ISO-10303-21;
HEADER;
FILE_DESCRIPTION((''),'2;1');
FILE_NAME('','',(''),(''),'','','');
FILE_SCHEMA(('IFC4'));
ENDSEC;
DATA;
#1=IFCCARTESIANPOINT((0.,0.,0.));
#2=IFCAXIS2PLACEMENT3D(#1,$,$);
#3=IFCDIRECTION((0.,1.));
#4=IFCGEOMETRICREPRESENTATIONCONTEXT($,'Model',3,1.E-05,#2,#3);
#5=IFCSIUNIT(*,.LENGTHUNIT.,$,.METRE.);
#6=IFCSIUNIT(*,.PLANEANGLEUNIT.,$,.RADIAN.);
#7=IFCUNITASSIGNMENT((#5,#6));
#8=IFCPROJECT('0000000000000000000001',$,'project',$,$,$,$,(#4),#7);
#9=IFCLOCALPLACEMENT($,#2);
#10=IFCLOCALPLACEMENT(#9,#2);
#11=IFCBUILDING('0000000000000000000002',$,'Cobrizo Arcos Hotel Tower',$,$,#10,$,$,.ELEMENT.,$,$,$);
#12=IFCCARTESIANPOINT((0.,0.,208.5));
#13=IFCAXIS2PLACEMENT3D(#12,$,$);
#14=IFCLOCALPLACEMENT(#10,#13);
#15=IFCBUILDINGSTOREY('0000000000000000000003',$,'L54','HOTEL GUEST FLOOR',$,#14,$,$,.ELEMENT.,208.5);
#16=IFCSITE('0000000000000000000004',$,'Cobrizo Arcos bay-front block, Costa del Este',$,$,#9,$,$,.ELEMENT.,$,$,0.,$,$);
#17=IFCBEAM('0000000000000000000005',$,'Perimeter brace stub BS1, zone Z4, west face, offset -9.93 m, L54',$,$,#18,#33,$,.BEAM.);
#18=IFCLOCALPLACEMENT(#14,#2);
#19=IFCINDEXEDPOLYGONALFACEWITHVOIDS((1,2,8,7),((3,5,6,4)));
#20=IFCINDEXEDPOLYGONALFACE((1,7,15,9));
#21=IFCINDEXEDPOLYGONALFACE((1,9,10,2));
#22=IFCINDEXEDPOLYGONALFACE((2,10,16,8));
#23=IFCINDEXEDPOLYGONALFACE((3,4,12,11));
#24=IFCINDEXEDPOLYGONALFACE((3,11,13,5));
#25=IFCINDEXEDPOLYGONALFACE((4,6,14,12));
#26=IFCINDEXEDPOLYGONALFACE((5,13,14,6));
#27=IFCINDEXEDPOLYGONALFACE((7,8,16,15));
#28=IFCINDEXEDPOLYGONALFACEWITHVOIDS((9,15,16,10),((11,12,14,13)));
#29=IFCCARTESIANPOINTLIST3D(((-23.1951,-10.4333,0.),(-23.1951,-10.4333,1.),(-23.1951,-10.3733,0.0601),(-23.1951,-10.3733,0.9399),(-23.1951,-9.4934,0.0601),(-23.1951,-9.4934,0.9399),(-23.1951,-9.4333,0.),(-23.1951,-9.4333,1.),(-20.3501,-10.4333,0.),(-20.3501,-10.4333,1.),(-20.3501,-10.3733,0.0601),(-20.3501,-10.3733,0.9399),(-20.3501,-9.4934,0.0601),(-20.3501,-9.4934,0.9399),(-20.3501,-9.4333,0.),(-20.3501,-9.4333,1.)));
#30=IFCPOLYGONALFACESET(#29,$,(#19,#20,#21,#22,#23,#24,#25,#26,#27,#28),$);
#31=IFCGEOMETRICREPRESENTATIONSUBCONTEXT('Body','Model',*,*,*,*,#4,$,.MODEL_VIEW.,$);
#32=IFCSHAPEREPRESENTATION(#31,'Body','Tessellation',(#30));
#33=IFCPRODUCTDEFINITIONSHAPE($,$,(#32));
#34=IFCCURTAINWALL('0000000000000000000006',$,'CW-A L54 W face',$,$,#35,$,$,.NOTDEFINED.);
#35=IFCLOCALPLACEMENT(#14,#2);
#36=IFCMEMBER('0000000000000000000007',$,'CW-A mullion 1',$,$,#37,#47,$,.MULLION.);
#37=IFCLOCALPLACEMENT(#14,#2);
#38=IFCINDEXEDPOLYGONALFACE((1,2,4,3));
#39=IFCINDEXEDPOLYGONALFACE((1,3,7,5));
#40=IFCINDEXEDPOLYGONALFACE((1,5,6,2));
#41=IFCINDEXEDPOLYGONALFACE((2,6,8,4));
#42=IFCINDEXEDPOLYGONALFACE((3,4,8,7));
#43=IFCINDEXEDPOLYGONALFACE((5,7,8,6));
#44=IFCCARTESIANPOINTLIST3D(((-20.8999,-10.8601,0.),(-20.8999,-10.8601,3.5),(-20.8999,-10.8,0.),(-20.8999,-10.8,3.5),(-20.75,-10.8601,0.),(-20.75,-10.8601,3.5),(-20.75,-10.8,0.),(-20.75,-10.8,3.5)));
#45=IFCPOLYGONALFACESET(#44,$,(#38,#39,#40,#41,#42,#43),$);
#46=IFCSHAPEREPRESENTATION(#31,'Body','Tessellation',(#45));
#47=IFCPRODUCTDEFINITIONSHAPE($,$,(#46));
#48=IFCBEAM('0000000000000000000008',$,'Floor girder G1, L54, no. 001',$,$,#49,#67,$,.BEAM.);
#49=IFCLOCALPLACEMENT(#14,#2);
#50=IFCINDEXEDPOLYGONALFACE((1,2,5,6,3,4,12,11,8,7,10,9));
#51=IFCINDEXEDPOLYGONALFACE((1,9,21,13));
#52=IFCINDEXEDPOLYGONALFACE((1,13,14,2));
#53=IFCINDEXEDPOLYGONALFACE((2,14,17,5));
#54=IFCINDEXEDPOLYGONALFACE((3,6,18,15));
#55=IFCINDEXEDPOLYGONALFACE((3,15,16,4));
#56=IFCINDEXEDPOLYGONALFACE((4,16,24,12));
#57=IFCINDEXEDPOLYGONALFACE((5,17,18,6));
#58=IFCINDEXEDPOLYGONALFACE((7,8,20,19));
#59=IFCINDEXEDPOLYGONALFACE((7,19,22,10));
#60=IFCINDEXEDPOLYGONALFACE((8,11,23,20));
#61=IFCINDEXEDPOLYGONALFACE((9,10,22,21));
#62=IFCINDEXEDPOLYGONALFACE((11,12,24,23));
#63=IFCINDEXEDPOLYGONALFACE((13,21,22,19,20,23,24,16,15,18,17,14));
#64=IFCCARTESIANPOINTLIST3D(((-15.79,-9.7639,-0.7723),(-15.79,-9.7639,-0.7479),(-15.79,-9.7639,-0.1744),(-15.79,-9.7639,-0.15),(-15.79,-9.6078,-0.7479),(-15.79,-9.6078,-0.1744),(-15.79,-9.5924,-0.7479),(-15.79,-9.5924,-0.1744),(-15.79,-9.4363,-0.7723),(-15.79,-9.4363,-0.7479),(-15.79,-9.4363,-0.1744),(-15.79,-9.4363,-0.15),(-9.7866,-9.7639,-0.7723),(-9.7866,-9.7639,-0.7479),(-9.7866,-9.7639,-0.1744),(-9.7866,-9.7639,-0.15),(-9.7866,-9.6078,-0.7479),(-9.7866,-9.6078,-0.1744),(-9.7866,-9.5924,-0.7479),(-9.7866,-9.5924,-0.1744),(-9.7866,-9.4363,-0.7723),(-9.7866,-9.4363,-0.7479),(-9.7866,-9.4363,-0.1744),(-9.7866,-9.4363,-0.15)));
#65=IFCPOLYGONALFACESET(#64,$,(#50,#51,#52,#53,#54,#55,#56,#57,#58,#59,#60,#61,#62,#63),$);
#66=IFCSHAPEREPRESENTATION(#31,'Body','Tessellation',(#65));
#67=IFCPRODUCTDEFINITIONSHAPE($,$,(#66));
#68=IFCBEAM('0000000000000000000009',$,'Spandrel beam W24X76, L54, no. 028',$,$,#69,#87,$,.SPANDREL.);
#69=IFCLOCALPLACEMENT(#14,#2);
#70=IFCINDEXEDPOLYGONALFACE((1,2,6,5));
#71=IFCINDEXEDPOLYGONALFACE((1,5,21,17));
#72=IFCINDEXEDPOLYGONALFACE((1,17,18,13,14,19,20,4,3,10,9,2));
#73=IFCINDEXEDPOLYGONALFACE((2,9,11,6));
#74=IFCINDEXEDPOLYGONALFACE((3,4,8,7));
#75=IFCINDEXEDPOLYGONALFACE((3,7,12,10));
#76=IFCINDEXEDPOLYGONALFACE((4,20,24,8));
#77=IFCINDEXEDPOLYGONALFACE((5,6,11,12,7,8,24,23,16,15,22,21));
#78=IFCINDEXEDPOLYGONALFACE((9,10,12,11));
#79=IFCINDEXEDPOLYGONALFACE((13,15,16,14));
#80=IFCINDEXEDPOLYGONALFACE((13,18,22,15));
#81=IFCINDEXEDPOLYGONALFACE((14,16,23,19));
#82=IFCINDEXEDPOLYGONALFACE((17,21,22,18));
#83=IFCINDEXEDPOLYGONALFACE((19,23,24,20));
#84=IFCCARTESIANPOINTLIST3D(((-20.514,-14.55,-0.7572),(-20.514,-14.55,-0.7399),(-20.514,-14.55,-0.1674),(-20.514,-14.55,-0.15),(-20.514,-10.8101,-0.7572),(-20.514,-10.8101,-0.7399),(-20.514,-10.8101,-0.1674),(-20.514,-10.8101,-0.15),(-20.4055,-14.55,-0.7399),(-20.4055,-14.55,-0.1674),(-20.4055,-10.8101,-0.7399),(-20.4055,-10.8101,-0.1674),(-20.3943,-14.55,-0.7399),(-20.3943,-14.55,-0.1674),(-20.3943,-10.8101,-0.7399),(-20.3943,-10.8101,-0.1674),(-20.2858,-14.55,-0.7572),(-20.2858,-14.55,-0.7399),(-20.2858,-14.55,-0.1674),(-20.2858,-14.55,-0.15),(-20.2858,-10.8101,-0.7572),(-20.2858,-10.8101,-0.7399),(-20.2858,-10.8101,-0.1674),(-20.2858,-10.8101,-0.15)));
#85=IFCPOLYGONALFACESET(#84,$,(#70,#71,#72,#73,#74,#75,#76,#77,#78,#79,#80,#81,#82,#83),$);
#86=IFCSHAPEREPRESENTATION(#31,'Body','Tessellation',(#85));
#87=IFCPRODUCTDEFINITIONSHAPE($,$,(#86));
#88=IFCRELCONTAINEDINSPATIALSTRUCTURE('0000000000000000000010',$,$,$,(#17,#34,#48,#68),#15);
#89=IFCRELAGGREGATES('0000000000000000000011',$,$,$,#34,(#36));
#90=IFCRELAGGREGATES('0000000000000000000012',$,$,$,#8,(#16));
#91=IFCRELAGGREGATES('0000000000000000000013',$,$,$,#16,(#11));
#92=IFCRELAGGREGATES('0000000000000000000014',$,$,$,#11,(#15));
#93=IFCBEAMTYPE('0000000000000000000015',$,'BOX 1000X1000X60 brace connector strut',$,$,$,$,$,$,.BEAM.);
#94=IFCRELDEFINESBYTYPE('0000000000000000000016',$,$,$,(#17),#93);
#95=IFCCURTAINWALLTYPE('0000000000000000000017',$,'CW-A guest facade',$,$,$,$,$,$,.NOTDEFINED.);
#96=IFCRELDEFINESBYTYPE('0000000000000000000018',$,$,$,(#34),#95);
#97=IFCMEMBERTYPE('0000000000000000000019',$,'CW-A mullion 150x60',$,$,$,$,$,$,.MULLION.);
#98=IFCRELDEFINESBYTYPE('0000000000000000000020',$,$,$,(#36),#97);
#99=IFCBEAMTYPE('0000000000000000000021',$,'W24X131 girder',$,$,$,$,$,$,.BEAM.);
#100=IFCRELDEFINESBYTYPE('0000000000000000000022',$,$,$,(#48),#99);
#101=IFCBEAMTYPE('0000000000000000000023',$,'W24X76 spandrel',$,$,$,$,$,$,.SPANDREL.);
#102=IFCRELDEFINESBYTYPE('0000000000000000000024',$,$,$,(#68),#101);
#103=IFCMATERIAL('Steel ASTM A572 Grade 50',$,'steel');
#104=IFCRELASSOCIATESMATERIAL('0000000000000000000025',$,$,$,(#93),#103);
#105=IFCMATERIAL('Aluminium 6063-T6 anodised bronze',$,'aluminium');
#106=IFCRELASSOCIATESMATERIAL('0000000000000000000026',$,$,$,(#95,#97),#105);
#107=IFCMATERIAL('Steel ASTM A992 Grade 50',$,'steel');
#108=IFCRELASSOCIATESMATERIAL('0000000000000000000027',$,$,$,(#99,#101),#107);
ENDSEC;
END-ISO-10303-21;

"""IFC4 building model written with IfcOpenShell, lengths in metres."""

from ifc_helpers import new_model, si_unit, direction, frame, origin, origin_2d, place, context, subcontext, project, spatial, rectangle, hollow_rectangle, i_section, extrude, material, material_profile, profile_set, type_object, element, aggregate, save


model = new_model("IFC4")

# Units and contexts
model_context = context("Model", 3, precision=1e-05, world=origin(), true_north=direction((0.0, 1.0)))
body_context = subcontext(model_context, "Body", "Model", "MODEL_VIEW")
ifc_project = project(units=[si_unit("LENGTHUNIT", "METRE"), si_unit("PLANEANGLEUNIT", "RADIAN")], contexts=[model_context])

# Site, building, storey
site_placement = place(None, origin())
site = spatial("IfcSite", under=ifc_project, at=site_placement, Name="Cobrizo Arcos bay-front block, Costa del Este", CompositionType="ELEMENT", RefElevation=0.0)
building_placement = place(site_placement, origin())
building = spatial("IfcBuilding", under=site, at=building_placement, Name="Cobrizo Arcos Hotel Tower", CompositionType="ELEMENT")
storey_placement = place(building_placement, frame((0.0, 0.0, 208.5)))
storey = spatial("IfcBuildingStorey", under=building, at=storey_placement, Name="L54", Description="HOTEL GUEST FLOOR", CompositionType="ELEMENT", Elevation=208.5)

# Beam
ifc_material_1 = material(Name="Steel ASTM A572 Grade 50", Category="steel")
ifc_material_profile_1 = material_profile(ifc_material_1, hollow_rectangle(XDim=1.0, YDim=1.0, WallThickness=0.0601, at=origin_2d()), Name="BOX 1000X1000X60")
ifc_profile_set_1 = profile_set([ifc_material_profile_1], Name="Steel ASTM A572 Grade 50")
beam_type_1 = type_object("IfcBeamType", Name="BOX 1000X1000X60 brace connector strut", PredefinedType="BEAM", material=ifc_profile_set_1)
beam_1_placement = place(storey_placement, frame((-20.3501, -9.9333, 0.5), z_axis=(-1.0, 0.0, 0.0), x_axis=(0.0, -1.0, 0.0)))
element("IfcBeam", 1, at=beam_1_placement, inside=storey, type_object=beam_type_1, Name="Perimeter brace stub BS1, zone Z4, west face, offset -9.93 m, L54", PredefinedType="BEAM", context=body_context, shape_type="SweptSolid", body=[
    extrude(hollow_rectangle(XDim=1.0, YDim=1.0, WallThickness=0.0601, at=origin_2d()), origin(), (0.0, 0.0, 1.0), 2.845),
])

# Curtain wall, member
ifc_material_2 = material(Name="Aluminium 6063-T6 anodised bronze", Category="aluminium")
curtain_wall_type = type_object("IfcCurtainWallType", Name="CW-A guest facade", PredefinedType="NOTDEFINED", material=ifc_material_2)
curtain_wall_placement = place(storey_placement, origin())
curtain_wall = element("IfcCurtainWall", 2, at=curtain_wall_placement, inside=storey, type_object=curtain_wall_type, Name="CW-A L54 W face", PredefinedType="NOTDEFINED")
ifc_material_profile_2 = material_profile(ifc_material_2, rectangle(XDim=0.1499, YDim=0.0601, at=origin_2d()), Name="CW-A mullion 150x60")
ifc_profile_set_2 = profile_set([ifc_material_profile_2], Name="Aluminium 6063-T6 anodised bronze")
member_type = type_object("IfcMemberType", Name="CW-A mullion 150x60", PredefinedType="MULLION", material=ifc_profile_set_2)
member_placement = place(storey_placement, frame((-20.825, -10.8301, 0.0), z_axis=(0.0, 0.0, 1.0), x_axis=(-1.0, 0.0, 0.0)))
member = element("IfcMember", 3, at=member_placement, type_object=member_type, Name="CW-A mullion 1", PredefinedType="MULLION", context=body_context, shape_type="SweptSolid", body=[
    extrude(rectangle(XDim=0.1499, YDim=0.0601, at=origin_2d()), origin(), (0.0, 0.0, 1.0), 3.5),
])
aggregate(curtain_wall, [member])

# Beams
ifc_material_3 = material(Name="Steel ASTM A992 Grade 50", Category="steel")
ifc_material_profile_3 = material_profile(ifc_material_3, i_section(OverallWidth=0.3276, OverallDepth=0.6223, WebThickness=0.0154, FlangeThickness=0.0244, at=origin_2d()), Name="W24X131")
ifc_profile_set_3 = profile_set([ifc_material_profile_3], Name="Steel ASTM A992 Grade 50")
beam_type_2 = type_object("IfcBeamType", Name="W24X131 girder", PredefinedType="BEAM", material=ifc_profile_set_3)
beam_2_placement = place(storey_placement, frame((-15.79, -9.6001, -0.4612), z_axis=(1.0, 0.0, 0.0), x_axis=(0.0, 1.0, 0.0)))
element("IfcBeam", 4, at=beam_2_placement, inside=storey, type_object=beam_type_2, Name="Floor girder G1, L54, no. 001", PredefinedType="BEAM", context=body_context, shape_type="SweptSolid", body=[
    extrude(i_section(OverallWidth=0.3276, OverallDepth=0.6223, WebThickness=0.0154, FlangeThickness=0.0244, at=origin_2d()), origin(), (0.0, 0.0, 1.0), 6.0034),
])
ifc_material_profile_4 = material_profile(ifc_material_3, i_section(OverallWidth=0.2283, OverallDepth=0.6072, WebThickness=0.0112, FlangeThickness=0.0173, at=origin_2d()), Name="W24X76")
ifc_profile_set_4 = profile_set([ifc_material_profile_4], Name="Steel ASTM A992 Grade 50")
beam_type_3 = type_object("IfcBeamType", Name="W24X76 spandrel", PredefinedType="SPANDREL", material=ifc_profile_set_4)
beam_3_placement = place(storey_placement, frame((-20.3999, -10.8101, -0.4536), z_axis=(0.0, -1.0, 0.0), x_axis=(1.0, 0.0, 0.0)))
element("IfcBeam", 5, at=beam_3_placement, inside=storey, type_object=beam_type_3, Name="Spandrel beam W24X76, L54, no. 028", PredefinedType="SPANDREL", context=body_context, shape_type="SweptSolid", body=[
    extrude(i_section(OverallWidth=0.2283, OverallDepth=0.6072, WebThickness=0.0112, FlangeThickness=0.0173, at=origin_2d()), origin(), (0.0, 0.0, 1.0), 3.74),
])

save(model, "model.ifc")
